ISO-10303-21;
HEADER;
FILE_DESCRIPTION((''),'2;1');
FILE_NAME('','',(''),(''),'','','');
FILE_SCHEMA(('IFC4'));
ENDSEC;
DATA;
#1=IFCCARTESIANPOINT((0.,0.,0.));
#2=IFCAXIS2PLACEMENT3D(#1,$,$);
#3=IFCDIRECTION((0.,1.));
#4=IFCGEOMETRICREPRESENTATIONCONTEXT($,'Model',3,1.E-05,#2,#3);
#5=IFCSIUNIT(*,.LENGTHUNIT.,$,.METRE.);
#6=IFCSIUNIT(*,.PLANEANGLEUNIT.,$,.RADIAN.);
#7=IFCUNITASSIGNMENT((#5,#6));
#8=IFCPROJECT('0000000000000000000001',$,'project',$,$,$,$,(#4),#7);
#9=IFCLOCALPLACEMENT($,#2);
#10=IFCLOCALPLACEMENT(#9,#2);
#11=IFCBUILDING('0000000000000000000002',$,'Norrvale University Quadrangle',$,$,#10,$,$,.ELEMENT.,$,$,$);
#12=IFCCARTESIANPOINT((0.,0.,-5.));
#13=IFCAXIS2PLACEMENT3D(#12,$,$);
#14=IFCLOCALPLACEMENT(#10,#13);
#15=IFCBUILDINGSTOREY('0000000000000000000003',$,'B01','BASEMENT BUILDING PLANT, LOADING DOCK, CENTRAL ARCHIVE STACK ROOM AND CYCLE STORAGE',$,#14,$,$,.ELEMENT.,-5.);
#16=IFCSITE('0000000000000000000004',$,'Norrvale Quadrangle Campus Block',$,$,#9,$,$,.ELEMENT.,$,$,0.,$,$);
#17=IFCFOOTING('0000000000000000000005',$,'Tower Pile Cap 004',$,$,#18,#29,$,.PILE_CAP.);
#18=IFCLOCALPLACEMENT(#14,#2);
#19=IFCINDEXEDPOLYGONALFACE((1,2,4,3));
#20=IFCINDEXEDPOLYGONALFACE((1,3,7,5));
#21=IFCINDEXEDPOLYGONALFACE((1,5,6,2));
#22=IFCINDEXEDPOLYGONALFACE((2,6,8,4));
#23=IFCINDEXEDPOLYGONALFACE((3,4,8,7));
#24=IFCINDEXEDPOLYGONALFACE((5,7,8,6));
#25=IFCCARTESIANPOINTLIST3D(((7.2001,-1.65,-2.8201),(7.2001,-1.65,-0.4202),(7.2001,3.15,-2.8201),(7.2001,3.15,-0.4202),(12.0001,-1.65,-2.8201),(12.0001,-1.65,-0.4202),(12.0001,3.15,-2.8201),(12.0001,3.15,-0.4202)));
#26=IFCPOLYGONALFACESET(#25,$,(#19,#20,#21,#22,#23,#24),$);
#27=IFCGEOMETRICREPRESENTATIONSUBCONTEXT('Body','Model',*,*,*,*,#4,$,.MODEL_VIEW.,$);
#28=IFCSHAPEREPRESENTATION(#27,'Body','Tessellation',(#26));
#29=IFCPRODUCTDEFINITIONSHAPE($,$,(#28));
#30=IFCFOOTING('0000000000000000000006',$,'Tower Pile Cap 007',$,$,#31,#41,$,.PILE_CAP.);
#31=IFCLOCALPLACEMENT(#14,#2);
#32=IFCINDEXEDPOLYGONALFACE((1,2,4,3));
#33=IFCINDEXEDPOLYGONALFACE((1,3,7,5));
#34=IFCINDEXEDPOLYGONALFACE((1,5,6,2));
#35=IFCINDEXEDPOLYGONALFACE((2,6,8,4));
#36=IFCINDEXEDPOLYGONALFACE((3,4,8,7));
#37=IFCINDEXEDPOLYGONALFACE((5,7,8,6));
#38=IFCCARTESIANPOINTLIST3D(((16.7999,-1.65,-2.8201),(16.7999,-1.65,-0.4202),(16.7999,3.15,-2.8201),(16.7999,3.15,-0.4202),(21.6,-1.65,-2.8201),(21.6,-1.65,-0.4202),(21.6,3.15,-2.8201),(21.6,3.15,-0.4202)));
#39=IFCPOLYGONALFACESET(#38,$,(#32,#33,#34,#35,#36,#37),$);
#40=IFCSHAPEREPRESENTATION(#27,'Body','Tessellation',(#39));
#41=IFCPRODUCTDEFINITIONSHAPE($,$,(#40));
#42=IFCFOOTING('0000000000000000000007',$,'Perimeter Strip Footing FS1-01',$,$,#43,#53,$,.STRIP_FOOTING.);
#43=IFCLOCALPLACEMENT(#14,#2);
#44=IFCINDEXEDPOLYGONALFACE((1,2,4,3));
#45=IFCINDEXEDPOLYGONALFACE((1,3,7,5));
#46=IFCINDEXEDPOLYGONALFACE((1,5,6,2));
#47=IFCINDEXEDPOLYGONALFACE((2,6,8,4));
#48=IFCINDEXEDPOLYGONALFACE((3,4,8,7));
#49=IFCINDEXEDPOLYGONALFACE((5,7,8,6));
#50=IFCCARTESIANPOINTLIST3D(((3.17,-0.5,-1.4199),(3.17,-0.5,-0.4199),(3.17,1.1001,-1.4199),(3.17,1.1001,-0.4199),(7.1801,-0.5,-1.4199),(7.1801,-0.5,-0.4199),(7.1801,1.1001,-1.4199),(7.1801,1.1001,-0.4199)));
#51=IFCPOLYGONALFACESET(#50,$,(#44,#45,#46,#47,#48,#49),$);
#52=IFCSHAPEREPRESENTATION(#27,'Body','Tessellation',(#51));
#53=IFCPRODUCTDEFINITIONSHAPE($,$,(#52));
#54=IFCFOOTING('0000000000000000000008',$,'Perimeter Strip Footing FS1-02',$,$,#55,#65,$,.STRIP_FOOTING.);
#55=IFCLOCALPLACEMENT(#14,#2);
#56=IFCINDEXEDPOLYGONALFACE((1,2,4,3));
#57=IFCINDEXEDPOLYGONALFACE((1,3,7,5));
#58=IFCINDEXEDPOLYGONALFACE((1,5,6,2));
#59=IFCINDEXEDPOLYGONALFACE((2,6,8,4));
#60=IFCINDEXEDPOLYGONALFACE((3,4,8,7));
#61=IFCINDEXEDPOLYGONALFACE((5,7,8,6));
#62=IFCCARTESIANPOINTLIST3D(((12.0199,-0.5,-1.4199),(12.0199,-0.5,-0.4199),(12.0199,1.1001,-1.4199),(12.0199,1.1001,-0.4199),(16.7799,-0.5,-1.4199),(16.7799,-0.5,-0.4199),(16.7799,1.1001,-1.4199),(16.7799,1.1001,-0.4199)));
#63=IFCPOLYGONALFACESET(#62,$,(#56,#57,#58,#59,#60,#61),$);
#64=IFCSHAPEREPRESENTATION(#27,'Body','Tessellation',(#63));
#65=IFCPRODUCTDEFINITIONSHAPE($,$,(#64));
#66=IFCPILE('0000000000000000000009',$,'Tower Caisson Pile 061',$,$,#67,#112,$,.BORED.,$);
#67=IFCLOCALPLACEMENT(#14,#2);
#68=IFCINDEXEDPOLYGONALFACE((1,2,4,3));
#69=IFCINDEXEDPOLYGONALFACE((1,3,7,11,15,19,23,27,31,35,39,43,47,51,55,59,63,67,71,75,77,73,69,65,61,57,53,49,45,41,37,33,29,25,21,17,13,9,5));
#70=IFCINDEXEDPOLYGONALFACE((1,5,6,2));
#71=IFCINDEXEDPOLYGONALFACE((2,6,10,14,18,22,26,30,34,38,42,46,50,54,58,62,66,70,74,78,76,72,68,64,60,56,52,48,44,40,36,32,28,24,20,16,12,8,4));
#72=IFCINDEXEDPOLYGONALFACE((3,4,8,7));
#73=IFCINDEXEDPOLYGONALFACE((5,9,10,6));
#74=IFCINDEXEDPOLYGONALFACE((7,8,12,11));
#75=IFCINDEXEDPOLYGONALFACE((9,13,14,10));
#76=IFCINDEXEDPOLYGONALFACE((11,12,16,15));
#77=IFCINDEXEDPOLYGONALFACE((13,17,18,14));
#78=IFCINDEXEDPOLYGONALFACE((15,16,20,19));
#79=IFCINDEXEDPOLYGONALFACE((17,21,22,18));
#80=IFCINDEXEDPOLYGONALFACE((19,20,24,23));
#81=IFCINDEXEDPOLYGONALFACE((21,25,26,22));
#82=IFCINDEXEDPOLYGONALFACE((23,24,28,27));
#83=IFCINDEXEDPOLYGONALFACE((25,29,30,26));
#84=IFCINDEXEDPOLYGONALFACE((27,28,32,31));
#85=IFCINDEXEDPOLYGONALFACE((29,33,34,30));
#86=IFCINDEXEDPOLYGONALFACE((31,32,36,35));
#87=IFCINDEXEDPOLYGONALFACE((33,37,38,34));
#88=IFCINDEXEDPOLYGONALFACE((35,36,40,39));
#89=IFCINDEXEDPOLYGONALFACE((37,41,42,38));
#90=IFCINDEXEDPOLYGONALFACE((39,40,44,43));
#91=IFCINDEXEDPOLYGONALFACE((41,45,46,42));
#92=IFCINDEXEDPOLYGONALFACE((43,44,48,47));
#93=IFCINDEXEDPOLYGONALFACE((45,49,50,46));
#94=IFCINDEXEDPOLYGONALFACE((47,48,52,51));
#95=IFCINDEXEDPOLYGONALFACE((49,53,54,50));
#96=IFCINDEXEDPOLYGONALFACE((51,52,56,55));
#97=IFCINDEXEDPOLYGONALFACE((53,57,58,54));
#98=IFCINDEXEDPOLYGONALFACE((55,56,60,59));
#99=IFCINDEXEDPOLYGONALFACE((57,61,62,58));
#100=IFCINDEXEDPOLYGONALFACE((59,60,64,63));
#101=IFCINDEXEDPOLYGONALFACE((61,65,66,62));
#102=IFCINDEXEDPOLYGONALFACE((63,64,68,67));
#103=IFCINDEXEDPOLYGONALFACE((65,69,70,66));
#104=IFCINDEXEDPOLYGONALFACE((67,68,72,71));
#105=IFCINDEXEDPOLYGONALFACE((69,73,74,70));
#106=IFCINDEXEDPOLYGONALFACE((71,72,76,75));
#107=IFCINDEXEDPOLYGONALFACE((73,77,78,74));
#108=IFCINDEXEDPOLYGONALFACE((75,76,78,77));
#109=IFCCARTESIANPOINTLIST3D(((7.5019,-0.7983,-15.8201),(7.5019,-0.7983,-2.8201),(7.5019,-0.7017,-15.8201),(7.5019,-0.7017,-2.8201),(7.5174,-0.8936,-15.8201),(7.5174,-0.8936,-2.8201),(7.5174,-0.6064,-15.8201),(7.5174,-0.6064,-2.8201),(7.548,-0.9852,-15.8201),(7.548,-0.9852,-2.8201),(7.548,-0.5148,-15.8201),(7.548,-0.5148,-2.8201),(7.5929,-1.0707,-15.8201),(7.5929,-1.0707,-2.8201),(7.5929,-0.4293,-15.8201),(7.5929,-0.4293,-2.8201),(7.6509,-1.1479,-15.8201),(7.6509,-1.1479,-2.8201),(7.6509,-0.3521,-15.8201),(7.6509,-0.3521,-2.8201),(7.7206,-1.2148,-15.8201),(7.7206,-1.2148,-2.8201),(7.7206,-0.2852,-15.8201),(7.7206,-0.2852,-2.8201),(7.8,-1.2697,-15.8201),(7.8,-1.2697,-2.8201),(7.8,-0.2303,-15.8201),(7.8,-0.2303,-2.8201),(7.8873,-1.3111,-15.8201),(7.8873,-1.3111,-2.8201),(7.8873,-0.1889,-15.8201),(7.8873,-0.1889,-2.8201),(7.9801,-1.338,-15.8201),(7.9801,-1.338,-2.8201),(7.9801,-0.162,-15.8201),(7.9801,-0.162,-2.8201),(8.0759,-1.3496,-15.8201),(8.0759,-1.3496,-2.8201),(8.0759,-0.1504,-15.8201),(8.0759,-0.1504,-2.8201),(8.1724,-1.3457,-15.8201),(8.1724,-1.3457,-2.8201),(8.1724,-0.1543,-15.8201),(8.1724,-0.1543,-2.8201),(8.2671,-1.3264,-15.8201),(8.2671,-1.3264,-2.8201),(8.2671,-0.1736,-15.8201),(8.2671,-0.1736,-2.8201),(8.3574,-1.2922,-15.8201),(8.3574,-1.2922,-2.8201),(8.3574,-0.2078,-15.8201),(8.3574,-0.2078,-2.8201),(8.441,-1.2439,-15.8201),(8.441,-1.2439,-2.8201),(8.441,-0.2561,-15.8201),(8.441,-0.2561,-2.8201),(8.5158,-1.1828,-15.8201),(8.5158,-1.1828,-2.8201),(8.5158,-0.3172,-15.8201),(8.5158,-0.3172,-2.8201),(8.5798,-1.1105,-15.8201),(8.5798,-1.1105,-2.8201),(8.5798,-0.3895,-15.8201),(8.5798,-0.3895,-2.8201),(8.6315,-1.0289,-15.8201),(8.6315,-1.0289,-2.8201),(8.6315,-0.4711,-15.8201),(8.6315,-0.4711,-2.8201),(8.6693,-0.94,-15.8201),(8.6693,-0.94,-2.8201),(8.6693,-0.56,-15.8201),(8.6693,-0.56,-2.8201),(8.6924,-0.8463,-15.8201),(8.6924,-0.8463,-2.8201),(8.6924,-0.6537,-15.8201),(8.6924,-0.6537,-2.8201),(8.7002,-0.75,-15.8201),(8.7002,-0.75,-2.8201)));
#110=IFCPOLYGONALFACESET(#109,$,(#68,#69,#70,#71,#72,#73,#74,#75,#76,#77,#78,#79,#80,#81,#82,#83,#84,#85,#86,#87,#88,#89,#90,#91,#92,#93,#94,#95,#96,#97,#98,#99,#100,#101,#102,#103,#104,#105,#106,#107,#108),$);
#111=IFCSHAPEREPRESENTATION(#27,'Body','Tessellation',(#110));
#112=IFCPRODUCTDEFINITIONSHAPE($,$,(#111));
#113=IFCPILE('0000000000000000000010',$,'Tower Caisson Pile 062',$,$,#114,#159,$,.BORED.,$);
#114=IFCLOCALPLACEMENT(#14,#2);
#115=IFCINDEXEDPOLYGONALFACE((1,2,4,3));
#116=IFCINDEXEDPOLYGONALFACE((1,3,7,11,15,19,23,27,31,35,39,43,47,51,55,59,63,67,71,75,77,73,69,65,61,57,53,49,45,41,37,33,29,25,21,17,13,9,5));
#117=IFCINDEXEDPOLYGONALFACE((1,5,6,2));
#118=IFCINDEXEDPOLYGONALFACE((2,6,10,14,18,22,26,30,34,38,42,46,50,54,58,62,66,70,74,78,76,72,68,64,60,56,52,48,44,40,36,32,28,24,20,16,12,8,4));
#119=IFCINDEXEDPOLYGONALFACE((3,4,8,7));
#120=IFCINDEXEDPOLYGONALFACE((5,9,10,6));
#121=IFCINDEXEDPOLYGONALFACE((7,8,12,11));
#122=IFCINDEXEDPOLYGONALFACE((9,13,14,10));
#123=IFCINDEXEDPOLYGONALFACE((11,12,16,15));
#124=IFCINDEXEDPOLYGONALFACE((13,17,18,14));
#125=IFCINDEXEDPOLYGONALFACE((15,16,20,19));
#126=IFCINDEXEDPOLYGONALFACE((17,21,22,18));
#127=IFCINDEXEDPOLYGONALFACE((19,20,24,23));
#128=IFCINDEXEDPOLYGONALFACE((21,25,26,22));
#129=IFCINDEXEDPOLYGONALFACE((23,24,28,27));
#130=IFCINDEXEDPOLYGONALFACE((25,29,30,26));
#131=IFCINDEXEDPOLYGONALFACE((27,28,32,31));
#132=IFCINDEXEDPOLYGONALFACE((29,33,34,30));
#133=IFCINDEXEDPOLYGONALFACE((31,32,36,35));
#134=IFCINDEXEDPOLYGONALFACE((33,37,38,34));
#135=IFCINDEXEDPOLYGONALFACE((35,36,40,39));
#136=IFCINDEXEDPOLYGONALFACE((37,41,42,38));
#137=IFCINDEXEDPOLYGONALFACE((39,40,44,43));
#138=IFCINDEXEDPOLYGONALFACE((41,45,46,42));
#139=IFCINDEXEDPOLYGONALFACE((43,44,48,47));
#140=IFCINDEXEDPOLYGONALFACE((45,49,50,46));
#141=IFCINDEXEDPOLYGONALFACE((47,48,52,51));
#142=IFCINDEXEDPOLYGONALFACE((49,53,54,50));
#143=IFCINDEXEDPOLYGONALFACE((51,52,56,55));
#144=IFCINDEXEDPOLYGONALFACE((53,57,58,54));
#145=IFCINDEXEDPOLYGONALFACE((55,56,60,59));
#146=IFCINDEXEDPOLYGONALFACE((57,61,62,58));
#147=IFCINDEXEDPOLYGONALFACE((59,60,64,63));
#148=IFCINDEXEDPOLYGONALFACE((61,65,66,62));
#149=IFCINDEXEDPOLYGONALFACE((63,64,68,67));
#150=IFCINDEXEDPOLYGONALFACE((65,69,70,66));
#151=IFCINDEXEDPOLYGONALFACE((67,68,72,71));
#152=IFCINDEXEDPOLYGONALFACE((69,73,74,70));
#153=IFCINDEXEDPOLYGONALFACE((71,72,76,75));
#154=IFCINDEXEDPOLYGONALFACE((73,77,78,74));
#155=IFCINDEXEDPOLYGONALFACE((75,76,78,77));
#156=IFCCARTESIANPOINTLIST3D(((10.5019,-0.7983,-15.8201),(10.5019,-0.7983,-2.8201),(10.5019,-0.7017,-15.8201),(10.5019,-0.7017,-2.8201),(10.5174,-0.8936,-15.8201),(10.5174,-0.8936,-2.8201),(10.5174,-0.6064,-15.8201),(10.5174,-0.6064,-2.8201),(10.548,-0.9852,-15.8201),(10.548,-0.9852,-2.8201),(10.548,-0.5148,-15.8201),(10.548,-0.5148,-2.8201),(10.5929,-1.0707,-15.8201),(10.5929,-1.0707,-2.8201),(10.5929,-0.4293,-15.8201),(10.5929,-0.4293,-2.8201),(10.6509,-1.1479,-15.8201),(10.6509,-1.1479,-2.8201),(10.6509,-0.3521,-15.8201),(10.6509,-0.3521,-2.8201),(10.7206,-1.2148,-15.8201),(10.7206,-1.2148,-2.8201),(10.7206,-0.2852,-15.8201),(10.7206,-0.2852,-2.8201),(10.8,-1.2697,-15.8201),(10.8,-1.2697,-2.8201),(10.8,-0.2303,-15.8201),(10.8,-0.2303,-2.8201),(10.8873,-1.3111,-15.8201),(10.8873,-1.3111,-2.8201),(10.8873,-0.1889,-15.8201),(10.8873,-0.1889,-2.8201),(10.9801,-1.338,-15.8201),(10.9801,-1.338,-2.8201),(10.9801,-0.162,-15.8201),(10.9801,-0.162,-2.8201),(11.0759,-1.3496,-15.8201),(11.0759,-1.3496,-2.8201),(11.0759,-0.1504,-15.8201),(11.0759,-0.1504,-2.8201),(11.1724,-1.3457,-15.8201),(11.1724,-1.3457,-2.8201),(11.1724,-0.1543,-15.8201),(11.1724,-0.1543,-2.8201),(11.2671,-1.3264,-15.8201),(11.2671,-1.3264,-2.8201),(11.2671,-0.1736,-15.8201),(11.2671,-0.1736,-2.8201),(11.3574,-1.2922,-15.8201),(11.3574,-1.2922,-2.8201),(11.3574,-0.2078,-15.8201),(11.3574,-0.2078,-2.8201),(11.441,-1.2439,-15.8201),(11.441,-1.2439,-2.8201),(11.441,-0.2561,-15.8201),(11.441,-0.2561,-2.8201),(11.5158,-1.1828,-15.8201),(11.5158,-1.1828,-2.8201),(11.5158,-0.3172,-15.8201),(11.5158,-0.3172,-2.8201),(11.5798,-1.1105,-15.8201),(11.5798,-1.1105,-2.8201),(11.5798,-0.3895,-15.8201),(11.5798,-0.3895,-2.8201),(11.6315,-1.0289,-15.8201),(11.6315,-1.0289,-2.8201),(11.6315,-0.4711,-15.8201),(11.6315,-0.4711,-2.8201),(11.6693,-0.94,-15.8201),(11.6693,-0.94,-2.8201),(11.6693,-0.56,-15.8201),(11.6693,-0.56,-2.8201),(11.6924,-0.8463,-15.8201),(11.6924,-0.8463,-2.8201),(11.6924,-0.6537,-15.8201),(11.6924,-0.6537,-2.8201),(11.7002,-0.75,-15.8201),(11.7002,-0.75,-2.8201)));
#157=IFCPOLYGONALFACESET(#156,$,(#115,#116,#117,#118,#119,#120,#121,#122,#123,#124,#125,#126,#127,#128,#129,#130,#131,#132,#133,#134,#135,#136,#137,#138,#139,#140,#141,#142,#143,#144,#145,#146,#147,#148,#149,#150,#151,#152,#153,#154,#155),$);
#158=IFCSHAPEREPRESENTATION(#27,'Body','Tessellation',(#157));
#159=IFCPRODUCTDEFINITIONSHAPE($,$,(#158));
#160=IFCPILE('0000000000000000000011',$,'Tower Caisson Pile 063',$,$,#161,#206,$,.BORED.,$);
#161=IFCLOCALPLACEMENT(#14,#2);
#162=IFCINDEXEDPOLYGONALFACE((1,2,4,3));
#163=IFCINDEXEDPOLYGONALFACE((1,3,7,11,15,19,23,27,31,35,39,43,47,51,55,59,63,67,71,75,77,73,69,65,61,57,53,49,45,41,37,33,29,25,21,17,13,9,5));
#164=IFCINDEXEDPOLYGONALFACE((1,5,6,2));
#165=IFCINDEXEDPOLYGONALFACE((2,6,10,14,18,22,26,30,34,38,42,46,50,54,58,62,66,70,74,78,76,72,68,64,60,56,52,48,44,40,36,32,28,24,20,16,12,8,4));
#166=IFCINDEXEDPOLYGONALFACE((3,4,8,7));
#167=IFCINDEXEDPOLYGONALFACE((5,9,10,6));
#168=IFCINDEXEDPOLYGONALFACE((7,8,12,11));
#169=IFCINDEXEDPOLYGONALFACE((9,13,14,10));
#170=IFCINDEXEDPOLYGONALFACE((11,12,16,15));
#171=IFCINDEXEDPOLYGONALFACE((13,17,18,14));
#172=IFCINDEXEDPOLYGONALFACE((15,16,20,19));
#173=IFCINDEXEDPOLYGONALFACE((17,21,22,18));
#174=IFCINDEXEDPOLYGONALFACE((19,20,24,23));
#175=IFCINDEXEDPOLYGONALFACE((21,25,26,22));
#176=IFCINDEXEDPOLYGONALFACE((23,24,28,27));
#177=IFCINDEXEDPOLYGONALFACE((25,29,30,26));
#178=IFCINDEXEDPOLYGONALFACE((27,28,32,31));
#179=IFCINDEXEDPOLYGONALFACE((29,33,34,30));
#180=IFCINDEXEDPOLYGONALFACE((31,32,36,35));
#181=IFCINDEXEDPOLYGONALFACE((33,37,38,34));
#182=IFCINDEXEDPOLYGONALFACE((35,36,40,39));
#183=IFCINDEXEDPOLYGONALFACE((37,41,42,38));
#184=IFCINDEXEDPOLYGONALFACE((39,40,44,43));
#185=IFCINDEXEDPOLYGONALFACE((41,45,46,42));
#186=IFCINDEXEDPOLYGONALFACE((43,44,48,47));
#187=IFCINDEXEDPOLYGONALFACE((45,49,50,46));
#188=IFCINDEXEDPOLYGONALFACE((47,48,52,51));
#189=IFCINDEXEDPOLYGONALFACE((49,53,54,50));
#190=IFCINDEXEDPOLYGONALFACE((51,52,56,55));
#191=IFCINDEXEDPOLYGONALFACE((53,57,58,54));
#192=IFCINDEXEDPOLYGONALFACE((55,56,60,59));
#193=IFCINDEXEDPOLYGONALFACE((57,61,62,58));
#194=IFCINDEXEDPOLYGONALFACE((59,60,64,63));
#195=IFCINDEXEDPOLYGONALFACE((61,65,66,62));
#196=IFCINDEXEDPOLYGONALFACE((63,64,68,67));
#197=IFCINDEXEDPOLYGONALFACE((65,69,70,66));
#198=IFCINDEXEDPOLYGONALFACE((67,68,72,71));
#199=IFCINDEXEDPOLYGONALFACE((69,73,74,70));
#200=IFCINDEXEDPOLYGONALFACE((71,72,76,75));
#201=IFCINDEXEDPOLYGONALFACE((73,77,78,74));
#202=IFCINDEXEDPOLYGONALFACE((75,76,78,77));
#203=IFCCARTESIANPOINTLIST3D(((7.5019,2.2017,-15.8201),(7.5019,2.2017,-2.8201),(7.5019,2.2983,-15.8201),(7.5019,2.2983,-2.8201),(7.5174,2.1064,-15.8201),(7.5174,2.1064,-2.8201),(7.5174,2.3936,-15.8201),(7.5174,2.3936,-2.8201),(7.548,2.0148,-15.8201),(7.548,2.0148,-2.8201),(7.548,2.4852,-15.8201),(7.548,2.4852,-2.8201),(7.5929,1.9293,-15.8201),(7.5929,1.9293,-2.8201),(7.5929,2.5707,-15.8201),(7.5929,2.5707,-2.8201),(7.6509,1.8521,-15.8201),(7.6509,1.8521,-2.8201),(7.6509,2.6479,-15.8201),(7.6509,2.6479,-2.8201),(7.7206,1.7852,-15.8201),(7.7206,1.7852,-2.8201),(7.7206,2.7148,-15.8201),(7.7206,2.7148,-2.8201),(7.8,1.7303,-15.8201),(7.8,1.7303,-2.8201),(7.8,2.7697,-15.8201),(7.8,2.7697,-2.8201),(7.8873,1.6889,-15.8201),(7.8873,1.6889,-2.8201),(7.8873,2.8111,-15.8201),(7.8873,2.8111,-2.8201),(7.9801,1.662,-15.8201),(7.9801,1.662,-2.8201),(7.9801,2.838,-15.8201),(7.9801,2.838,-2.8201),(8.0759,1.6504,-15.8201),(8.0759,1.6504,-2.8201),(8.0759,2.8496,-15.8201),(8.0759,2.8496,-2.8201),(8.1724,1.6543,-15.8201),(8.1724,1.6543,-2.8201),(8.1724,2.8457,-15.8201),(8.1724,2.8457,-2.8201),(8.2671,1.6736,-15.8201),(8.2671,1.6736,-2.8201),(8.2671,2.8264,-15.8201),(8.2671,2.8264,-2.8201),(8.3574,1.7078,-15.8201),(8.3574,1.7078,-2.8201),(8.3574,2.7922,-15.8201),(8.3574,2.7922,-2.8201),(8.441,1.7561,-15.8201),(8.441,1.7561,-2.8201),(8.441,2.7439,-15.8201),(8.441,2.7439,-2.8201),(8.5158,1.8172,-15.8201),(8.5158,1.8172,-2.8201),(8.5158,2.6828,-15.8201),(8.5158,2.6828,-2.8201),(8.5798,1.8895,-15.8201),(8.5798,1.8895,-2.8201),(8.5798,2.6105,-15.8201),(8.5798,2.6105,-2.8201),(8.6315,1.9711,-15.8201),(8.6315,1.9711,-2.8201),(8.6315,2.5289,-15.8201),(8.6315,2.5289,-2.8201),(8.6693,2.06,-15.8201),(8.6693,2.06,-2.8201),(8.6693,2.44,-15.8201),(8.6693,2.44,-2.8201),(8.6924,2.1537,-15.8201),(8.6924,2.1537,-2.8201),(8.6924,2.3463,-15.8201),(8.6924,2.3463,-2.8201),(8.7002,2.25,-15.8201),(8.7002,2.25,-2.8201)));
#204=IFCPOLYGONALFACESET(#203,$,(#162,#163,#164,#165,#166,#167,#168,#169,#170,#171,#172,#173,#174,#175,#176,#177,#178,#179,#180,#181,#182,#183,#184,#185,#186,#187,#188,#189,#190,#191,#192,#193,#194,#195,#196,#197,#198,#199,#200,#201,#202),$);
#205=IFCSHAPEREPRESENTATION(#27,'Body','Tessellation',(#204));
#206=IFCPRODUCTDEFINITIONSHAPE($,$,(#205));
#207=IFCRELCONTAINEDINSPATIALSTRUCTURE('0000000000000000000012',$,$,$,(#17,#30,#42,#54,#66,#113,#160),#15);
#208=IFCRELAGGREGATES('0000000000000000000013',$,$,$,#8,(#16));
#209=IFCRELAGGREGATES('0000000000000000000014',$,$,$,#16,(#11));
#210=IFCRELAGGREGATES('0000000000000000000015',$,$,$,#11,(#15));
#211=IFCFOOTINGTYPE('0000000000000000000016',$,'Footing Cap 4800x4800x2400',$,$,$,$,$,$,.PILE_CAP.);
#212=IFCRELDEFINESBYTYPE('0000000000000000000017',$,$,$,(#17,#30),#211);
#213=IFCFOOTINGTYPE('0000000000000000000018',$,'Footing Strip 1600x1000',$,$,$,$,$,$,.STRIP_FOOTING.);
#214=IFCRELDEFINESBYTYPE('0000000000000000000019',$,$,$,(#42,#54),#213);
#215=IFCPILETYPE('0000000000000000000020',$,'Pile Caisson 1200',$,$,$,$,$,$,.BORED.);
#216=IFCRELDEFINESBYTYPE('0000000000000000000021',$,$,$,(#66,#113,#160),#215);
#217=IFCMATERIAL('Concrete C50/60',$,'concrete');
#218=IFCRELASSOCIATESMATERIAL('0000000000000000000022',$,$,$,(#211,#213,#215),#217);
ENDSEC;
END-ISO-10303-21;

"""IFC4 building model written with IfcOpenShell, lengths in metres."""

from ifc_helpers import new_model, si_unit, direction, frame, origin, origin_2d, place, context, subcontext, project, spatial, rectangle, circle, extrude, material, material_profile, profile_set, type_object, element, save


model = new_model("IFC4")

# Units and contexts
model_context = context("Model", 3, precision=1e-05, world=origin(), true_north=direction((0.0, 1.0)))
body_context = subcontext(model_context, "Body", "Model", "MODEL_VIEW")
ifc_project = project(units=[si_unit("LENGTHUNIT", "METRE"), si_unit("PLANEANGLEUNIT", "RADIAN")], contexts=[model_context])

# Site, building, storey
site_placement = place(None, origin())
site = spatial("IfcSite", under=ifc_project, at=site_placement, Name="Norrvale Quadrangle Campus Block", CompositionType="ELEMENT", RefElevation=0.0)
building_placement = place(site_placement, origin())
building = spatial("IfcBuilding", under=site, at=building_placement, Name="Norrvale University Quadrangle", CompositionType="ELEMENT")
storey_placement = place(building_placement, frame((0.0, 0.0, -5.0)))
storey = spatial("IfcBuildingStorey", under=building, at=storey_placement, Name="B01", Description="BASEMENT BUILDING PLANT, LOADING DOCK, CENTRAL ARCHIVE STACK ROOM AND CYCLE STORAGE", CompositionType="ELEMENT", Elevation=-5.0)

# Footings
ifc_material_1 = material(Name="Concrete C50/60", Category="concrete")
footing_type_1 = type_object("IfcFootingType", Name="Footing Cap 4800x4800x2400", PredefinedType="PILE_CAP", material=ifc_material_1)
for number, where, z_axis, x_axis, name in (
    (1, (9.6001, 0.75, -2.8201), (0.0, 0.0, 1.0), (1.0, 0.0, 0.0), "Tower Pile Cap 004"),
    (2, (19.2, 0.75, -2.8201), (0.0, 0.0, 1.0), (1.0, 0.0, 0.0), "Tower Pile Cap 007"),
):
    element("IfcFooting", number, at=place(storey_placement, frame(where, z_axis=z_axis, x_axis=x_axis)), inside=storey, type_object=footing_type_1, Name=name, PredefinedType="PILE_CAP", context=body_context, shape_type="SweptSolid", body=[
        extrude(rectangle(XDim=4.8, YDim=4.8, at=origin_2d()), origin(), (0.0, 0.0, 1.0), 2.3999),
    ])
footing_type_2 = type_object("IfcFootingType", Name="Footing Strip 1600x1000", PredefinedType="STRIP_FOOTING", material=ifc_material_1)
footing_1_placement = place(storey_placement, frame((5.175, 0.3, -1.4199), z_axis=(0.0, 0.0, 1.0), x_axis=(1.0, 0.0, 0.0)))
element("IfcFooting", 3, at=footing_1_placement, inside=storey, type_object=footing_type_2, Name="Perimeter Strip Footing FS1-01", PredefinedType="STRIP_FOOTING", context=body_context, shape_type="SweptSolid", body=[
    extrude(rectangle(XDim=4.01, YDim=1.6001, at=origin_2d()), origin(), (0.0, 0.0, 1.0), 1.0),
])
footing_2_placement = place(storey_placement, frame((14.3999, 0.3, -1.4199), z_axis=(0.0, 0.0, 1.0), x_axis=(1.0, 0.0, 0.0)))
element("IfcFooting", 4, at=footing_2_placement, inside=storey, type_object=footing_type_2, Name="Perimeter Strip Footing FS1-02", PredefinedType="STRIP_FOOTING", context=body_context, shape_type="SweptSolid", body=[
    extrude(rectangle(XDim=4.76, YDim=1.6001, at=origin_2d()), origin(), (0.0, 0.0, 1.0), 1.0),
])

# Piles
ifc_material_profile_1 = material_profile(ifc_material_1, circle(Radius=0.6001, at=origin_2d()), Name="Concrete C50/60")
ifc_profile_set_1 = profile_set([ifc_material_profile_1], Name="Concrete C50/60")
pile_type_1 = type_object("IfcPileType", Name="Pile Caisson 1200", PredefinedType="BORED", material=ifc_profile_set_1)
for number, where, z_axis, x_axis, name in (
    (5, (8.1001, -0.75, -2.8201), (0.0, 0.0, -1.0), (1.0, 0.0, 0.0), "Tower Caisson Pile 061"),
    (6, (11.1001, -0.75, -2.8201), (0.0, 0.0, -1.0), (1.0, 0.0, 0.0), "Tower Caisson Pile 062"),
    (7, (8.1001, 2.25, -2.8201), (0.0, 0.0, -1.0), (1.0, 0.0, 0.0), "Tower Caisson Pile 063"),
):
    element("IfcPile", number, at=place(storey_placement, frame(where, z_axis=z_axis, x_axis=x_axis)), inside=storey, type_object=pile_type_1, Name=name, PredefinedType="BORED", context=body_context, shape_type="SweptSolid", body=[
        extrude(circle(Radius=0.6001, at=origin_2d()), origin(), (0.0, 0.0, 1.0), 13.0),
    ])

save(model, "model.ifc")
